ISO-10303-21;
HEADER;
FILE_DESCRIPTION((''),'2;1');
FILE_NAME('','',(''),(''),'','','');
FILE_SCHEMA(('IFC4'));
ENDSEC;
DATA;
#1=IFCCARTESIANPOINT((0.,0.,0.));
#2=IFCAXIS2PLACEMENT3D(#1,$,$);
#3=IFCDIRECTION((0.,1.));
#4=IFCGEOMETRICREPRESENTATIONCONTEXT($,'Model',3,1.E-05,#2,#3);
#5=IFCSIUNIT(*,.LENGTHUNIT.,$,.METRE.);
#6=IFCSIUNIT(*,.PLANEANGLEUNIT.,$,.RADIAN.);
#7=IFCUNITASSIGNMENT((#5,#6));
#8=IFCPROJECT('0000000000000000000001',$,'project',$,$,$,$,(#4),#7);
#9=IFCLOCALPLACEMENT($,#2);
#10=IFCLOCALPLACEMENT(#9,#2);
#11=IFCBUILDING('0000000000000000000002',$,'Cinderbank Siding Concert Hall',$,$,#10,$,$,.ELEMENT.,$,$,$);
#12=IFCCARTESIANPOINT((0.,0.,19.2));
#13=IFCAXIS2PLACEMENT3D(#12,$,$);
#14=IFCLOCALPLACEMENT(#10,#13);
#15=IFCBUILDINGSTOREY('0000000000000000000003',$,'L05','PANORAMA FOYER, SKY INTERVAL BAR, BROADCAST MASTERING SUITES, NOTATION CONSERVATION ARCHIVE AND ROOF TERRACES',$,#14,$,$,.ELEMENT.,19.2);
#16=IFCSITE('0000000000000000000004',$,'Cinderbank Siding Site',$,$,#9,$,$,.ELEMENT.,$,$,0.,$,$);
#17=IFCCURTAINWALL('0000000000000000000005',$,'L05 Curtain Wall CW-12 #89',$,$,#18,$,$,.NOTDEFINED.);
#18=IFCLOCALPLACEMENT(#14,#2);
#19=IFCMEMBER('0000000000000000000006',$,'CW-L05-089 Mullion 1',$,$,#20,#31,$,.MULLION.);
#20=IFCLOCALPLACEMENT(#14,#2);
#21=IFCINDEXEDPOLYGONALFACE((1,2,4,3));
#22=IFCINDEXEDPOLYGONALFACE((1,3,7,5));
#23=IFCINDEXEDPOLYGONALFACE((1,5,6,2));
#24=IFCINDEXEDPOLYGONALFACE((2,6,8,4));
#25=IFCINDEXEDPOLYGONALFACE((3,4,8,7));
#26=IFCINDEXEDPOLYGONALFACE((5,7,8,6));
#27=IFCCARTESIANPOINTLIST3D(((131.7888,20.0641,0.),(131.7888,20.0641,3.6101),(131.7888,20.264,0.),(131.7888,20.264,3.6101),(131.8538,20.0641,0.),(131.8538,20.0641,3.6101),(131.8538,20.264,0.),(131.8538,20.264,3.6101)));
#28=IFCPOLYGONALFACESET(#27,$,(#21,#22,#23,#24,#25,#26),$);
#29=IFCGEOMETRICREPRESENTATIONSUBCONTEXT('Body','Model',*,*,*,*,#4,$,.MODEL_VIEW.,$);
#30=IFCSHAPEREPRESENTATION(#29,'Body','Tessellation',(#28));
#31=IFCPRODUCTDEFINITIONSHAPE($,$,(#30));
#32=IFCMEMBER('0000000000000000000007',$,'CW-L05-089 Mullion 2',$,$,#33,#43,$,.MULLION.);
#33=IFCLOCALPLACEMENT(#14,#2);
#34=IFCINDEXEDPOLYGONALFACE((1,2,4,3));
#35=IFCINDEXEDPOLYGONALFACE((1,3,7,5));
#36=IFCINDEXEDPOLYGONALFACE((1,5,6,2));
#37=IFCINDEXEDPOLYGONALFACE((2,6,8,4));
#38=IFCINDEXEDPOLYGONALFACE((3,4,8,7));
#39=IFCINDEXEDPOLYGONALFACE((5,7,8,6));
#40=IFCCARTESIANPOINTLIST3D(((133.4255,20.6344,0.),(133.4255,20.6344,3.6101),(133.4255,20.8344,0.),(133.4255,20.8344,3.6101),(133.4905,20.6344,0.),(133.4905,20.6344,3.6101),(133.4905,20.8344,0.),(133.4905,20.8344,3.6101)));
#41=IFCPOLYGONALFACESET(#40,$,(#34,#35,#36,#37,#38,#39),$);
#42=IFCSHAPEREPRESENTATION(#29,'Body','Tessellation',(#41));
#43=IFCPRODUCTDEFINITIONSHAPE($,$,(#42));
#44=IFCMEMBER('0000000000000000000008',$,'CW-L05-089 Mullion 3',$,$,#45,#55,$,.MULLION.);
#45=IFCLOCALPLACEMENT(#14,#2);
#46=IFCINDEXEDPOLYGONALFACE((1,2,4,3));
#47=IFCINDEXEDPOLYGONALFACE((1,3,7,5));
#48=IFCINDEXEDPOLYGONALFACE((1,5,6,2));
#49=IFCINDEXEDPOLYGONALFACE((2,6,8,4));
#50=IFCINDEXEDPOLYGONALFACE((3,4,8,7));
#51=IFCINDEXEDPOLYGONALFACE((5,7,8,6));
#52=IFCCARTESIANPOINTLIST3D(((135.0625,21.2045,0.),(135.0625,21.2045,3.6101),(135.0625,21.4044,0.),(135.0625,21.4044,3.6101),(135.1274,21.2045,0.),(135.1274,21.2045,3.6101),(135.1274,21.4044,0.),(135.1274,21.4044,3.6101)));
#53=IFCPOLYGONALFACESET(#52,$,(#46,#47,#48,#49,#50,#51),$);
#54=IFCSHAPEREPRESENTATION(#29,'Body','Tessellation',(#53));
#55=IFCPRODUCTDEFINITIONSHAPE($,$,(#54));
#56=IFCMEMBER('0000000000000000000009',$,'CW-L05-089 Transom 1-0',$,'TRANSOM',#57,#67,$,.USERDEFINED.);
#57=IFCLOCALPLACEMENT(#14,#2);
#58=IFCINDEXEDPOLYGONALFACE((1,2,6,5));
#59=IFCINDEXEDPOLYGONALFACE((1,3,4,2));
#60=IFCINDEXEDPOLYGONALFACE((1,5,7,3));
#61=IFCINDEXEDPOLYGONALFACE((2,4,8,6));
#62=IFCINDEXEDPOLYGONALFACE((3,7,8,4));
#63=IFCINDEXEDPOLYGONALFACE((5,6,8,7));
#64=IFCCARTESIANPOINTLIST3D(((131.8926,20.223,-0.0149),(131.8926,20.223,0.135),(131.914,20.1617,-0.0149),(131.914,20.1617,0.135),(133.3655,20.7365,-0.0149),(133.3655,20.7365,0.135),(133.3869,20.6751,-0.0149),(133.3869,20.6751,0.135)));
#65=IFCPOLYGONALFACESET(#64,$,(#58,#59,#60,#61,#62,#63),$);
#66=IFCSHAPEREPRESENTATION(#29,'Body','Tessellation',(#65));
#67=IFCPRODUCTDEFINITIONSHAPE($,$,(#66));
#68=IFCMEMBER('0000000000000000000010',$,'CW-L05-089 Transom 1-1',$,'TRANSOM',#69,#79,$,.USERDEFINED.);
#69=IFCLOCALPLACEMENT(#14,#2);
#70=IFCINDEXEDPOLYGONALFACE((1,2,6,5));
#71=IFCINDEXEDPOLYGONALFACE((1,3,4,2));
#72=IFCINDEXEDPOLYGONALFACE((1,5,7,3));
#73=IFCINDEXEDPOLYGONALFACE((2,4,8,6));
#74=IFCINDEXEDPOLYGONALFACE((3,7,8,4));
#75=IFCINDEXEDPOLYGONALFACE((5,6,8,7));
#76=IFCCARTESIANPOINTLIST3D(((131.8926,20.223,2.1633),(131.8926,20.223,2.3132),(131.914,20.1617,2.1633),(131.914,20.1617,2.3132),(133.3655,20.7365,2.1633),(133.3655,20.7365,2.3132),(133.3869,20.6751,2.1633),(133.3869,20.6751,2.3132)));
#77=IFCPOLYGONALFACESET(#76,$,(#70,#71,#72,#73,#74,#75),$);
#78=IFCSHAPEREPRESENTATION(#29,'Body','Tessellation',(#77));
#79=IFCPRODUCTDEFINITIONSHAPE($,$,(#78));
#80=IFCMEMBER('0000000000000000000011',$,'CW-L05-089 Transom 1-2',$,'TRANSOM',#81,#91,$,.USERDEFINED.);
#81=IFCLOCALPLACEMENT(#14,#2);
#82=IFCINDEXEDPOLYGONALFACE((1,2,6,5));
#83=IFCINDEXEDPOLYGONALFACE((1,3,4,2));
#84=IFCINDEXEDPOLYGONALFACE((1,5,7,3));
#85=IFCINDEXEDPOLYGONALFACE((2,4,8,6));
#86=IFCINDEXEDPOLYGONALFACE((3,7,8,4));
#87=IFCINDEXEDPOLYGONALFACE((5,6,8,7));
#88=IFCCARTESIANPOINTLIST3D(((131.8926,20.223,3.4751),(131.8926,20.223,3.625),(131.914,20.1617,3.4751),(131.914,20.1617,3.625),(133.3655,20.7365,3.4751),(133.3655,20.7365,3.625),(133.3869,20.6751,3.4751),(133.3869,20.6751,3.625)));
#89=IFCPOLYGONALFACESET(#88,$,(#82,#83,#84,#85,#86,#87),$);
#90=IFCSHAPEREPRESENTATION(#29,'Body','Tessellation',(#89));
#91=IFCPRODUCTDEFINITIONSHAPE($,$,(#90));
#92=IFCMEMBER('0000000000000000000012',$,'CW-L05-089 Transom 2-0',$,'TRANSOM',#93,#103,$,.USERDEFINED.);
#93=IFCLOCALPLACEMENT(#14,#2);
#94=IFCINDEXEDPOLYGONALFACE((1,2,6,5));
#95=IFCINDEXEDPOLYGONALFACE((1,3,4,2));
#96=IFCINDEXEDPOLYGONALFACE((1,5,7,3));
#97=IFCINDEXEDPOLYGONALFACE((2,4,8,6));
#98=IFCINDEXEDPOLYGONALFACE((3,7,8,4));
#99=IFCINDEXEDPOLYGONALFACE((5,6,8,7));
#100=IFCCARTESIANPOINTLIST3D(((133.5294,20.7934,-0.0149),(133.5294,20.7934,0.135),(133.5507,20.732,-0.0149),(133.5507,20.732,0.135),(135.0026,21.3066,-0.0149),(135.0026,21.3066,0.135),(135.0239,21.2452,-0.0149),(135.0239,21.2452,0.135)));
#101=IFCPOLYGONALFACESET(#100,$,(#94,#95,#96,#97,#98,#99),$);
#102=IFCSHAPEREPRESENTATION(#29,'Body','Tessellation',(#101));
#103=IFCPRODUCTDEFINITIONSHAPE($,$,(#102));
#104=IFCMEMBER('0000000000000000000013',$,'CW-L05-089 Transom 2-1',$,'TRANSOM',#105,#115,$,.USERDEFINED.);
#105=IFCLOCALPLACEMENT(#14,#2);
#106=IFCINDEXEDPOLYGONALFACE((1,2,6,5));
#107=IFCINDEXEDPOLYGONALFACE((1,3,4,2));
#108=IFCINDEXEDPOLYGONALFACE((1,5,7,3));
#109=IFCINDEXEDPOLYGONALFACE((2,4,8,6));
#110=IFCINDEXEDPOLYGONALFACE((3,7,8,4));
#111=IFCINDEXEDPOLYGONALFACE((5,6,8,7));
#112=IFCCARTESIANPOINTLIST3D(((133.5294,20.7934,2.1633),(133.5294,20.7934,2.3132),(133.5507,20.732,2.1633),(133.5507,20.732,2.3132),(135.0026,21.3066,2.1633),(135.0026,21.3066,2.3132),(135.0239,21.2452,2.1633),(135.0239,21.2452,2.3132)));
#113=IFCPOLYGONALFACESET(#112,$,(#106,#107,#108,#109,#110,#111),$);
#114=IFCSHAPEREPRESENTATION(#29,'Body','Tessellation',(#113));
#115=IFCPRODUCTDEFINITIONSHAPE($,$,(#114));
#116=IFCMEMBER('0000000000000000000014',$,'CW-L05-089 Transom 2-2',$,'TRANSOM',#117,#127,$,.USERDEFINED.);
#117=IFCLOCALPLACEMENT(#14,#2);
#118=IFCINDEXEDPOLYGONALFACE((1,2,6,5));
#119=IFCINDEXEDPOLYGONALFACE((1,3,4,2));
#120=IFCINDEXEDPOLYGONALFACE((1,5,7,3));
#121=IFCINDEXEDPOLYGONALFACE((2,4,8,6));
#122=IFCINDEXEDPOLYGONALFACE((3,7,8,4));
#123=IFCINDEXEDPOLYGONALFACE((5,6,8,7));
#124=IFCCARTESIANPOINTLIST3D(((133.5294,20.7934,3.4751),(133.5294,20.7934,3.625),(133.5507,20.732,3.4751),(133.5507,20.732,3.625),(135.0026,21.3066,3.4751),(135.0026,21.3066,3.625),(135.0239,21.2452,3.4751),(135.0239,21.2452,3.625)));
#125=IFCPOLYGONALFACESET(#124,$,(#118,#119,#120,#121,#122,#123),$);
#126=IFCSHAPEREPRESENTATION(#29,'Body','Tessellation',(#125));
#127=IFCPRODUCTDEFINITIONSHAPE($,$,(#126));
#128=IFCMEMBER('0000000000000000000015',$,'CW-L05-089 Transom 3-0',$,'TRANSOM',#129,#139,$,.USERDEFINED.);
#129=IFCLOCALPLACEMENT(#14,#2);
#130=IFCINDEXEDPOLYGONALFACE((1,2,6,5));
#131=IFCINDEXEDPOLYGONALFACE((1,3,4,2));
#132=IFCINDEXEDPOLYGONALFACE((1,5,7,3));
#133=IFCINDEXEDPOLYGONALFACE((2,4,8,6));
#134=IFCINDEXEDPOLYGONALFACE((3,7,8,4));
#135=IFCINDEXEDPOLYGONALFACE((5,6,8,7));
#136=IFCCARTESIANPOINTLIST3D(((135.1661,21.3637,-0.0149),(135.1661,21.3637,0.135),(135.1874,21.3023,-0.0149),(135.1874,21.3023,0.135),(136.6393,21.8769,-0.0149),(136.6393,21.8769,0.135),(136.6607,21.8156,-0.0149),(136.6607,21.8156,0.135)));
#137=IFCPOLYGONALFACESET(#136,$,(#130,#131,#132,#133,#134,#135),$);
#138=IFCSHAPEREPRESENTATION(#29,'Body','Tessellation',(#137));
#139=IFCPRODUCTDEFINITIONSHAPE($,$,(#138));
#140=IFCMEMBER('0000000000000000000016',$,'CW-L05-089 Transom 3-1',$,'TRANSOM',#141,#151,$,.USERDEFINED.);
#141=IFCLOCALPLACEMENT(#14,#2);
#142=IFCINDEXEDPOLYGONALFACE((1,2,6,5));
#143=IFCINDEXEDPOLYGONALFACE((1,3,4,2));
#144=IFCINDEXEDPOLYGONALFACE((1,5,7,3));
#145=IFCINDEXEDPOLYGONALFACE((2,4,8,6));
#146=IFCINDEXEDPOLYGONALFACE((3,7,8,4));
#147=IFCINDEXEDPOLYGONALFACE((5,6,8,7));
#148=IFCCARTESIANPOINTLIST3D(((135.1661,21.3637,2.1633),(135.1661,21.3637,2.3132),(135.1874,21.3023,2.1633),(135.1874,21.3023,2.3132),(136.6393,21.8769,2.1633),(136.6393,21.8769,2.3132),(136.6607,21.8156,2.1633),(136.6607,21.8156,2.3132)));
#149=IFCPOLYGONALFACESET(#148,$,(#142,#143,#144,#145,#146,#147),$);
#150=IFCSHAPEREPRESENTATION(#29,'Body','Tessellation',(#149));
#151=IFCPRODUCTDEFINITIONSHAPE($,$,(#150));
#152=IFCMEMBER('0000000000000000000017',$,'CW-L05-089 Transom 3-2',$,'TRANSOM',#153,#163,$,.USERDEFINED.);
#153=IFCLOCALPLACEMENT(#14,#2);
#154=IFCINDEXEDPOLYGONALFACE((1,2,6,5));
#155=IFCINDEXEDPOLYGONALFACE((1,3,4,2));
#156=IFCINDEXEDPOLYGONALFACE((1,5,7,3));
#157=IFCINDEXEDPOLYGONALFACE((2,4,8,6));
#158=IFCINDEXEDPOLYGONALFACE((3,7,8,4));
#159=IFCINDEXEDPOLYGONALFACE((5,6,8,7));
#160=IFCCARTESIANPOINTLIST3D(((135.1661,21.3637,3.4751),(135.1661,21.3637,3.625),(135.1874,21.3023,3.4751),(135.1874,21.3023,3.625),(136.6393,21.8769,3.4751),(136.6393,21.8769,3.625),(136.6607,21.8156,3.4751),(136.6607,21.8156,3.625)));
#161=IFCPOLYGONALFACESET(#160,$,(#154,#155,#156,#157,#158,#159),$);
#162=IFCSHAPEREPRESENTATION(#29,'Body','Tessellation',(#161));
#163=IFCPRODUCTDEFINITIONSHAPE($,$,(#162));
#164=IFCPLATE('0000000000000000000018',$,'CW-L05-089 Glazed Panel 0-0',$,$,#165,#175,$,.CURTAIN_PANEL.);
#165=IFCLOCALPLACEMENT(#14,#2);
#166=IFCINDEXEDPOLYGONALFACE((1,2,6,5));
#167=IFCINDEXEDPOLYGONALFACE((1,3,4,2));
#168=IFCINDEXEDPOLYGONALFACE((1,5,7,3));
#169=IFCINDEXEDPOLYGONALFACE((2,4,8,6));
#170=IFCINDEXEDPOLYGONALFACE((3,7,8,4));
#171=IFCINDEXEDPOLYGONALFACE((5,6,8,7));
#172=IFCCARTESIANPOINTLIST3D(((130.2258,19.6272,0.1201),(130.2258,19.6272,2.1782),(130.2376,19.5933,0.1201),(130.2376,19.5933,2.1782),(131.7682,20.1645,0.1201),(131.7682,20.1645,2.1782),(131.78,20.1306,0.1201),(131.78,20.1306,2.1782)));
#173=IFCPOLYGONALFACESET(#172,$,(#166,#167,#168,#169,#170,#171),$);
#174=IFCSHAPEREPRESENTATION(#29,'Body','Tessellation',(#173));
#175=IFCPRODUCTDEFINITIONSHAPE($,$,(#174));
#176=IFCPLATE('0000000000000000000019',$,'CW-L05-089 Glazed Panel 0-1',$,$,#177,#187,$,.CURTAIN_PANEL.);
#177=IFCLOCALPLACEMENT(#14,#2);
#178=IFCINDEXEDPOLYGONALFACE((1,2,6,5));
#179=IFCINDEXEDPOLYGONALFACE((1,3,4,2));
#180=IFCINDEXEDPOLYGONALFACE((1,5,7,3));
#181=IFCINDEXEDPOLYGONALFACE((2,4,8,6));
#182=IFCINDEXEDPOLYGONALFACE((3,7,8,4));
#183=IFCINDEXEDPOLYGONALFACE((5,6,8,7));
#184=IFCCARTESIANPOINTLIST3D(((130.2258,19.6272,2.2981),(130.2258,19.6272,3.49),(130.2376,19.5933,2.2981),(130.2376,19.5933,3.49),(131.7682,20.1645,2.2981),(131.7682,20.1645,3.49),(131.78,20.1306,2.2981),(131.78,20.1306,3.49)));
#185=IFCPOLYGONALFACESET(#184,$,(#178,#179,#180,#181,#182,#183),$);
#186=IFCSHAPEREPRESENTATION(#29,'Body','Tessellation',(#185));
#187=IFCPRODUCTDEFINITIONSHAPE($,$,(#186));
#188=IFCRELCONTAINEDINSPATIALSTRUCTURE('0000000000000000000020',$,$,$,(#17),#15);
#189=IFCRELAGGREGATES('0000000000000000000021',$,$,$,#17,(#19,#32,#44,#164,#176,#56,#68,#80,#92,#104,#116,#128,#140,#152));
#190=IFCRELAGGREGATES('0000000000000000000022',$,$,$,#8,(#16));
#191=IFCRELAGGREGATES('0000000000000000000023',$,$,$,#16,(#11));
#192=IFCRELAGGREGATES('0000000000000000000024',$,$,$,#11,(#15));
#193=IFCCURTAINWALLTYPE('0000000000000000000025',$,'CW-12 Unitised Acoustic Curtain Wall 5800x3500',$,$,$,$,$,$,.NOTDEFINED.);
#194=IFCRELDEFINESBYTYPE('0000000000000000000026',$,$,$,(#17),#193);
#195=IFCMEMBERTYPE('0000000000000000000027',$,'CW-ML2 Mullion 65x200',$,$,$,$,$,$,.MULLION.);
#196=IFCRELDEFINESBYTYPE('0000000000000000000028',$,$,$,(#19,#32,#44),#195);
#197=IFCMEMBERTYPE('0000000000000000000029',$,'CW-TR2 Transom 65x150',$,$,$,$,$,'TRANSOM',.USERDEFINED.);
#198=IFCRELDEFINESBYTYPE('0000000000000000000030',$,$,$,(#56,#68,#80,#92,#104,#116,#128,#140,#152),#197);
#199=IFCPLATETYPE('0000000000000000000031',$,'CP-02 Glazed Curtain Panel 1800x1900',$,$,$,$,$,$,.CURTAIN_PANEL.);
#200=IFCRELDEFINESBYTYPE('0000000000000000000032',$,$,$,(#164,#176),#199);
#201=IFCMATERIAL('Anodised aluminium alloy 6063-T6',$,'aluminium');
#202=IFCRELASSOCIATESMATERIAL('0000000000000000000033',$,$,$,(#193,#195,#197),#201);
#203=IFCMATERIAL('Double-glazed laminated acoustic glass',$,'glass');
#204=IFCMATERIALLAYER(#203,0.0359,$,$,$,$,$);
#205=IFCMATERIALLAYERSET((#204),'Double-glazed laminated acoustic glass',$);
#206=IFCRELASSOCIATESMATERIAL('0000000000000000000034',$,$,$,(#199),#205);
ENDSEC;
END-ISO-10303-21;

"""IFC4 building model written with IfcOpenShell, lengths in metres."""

from ifc_helpers import new_model, si_unit, direction, frame, origin, origin_2d, place, context, subcontext, project, spatial, rectangle, extrude, material, layer, layer_set, material_profile, profile_set, type_object, element, aggregate, save


model = new_model("IFC4")

# Units and contexts
model_context = context("Model", 3, precision=1e-05, world=origin(), true_north=direction((0.0, 1.0)))
body_context = subcontext(model_context, "Body", "Model", "MODEL_VIEW")
ifc_project = project(units=[si_unit("LENGTHUNIT", "METRE"), si_unit("PLANEANGLEUNIT", "RADIAN")], contexts=[model_context])

# Site, building, storey
site_placement = place(None, origin())
site = spatial("IfcSite", under=ifc_project, at=site_placement, Name="Cinderbank Siding Site", CompositionType="ELEMENT", RefElevation=0.0)
building_placement = place(site_placement, origin())
building = spatial("IfcBuilding", under=site, at=building_placement, Name="Cinderbank Siding Concert Hall", CompositionType="ELEMENT")
storey_placement = place(building_placement, frame((0.0, 0.0, 19.2)))
storey = spatial("IfcBuildingStorey", under=building, at=storey_placement, Name="L05", Description="PANORAMA FOYER, SKY INTERVAL BAR, BROADCAST MASTERING SUITES, NOTATION CONSERVATION ARCHIVE AND ROOF TERRACES", CompositionType="ELEMENT", Elevation=19.2)

# Curtain wall, members, plates
ifc_material_1 = material(Name="Anodised aluminium alloy 6063-T6", Category="aluminium")
curtain_wall_type = type_object("IfcCurtainWallType", Name="CW-12 Unitised Acoustic Curtain Wall 5800x3500", PredefinedType="NOTDEFINED", material=ifc_material_1)
curtain_wall_placement = place(storey_placement, origin())
curtain_wall = element("IfcCurtainWall", 1, at=curtain_wall_placement, inside=storey, type_object=curtain_wall_type, Name="L05 Curtain Wall CW-12 #89", PredefinedType="NOTDEFINED")
ifc_material_profile_1 = material_profile(ifc_material_1, rectangle(XDim=0.0649, YDim=0.2, at=origin_2d()), Name="ALU-MULL-65x200", Category="LoadBearing")
ifc_profile_set_1 = profile_set([ifc_material_profile_1], Name="Anodised aluminium alloy 6063-T6")
member_type_1 = type_object("IfcMemberType", Name="CW-ML2 Mullion 65x200", PredefinedType="MULLION", material=ifc_profile_set_1)
member_1_placement = place(storey_placement, frame((131.8213, 20.1641, 0.0), z_axis=(0.0, 0.0, 1.0), x_axis=(1.0, 0.0, 0.0)))
member_1 = element("IfcMember", 2, at=member_1_placement, type_object=member_type_1, Name="CW-L05-089 Mullion 1", PredefinedType="MULLION", context=body_context, shape_type="SweptSolid", body=[
    extrude(rectangle(XDim=0.0649, YDim=0.2, at=origin_2d()), origin(), (0.0, 0.0, 1.0), 3.6101),
])
member_2_placement = place(storey_placement, frame((133.458, 20.7344, 0.0), z_axis=(0.0, 0.0, 1.0), x_axis=(1.0, 0.0, 0.0)))
member_2 = element("IfcMember", 3, at=member_2_placement, type_object=member_type_1, Name="CW-L05-089 Mullion 2", PredefinedType="MULLION", context=body_context, shape_type="SweptSolid", body=[
    extrude(rectangle(XDim=0.0649, YDim=0.2, at=origin_2d()), origin(), (0.0, 0.0, 1.0), 3.6101),
])
member_3_placement = place(storey_placement, frame((135.095, 21.3044, 0.0), z_axis=(0.0, 0.0, 1.0), x_axis=(1.0, 0.0, 0.0)))
member_3 = element("IfcMember", 4, at=member_3_placement, type_object=member_type_1, Name="CW-L05-089 Mullion 3", PredefinedType="MULLION", context=body_context, shape_type="SweptSolid", body=[
    extrude(rectangle(XDim=0.0649, YDim=0.2, at=origin_2d()), origin(), (0.0, 0.0, 1.0), 3.6101),
])
ifc_material_profile_2 = material_profile(ifc_material_1, rectangle(XDim=0.0649, YDim=0.1499, at=origin_2d()), Name="ALU-TRAN-65x150", Category="LoadBearing")
ifc_profile_set_2 = profile_set([ifc_material_profile_2], Name="Anodised aluminium alloy 6063-T6")
member_type_2 = type_object("IfcMemberType", Name="CW-TR2 Transom 65x150", ElementType="TRANSOM", PredefinedType="USERDEFINED", material=ifc_profile_set_2)
member_4_placement = place(storey_placement, frame((131.9033, 20.1924, 0.0601), z_axis=(0.944275, 0.329158, 0.0), x_axis=(-0.329158, 0.944275, 0.0)))
member_4 = element("IfcMember", 5, at=member_4_placement, type_object=member_type_2, Name="CW-L05-089 Transom 1-0", ObjectType="TRANSOM", PredefinedType="USERDEFINED", context=body_context, shape_type="SweptSolid", body=[
    extrude(rectangle(XDim=0.0649, YDim=0.1499, at=origin_2d()), origin(), (0.0, 0.0, 1.0), 1.5598),
])
member_5_placement = place(storey_placement, frame((131.9033, 20.1924, 2.2383), z_axis=(0.944275, 0.329158, 0.0), x_axis=(-0.329158, 0.944275, 0.0)))
member_5 = element("IfcMember", 6, at=member_5_placement, type_object=member_type_2, Name="CW-L05-089 Transom 1-1", ObjectType="TRANSOM", PredefinedType="USERDEFINED", context=body_context, shape_type="SweptSolid", body=[
    extrude(rectangle(XDim=0.0649, YDim=0.1499, at=origin_2d()), origin(), (0.0, 0.0, 1.0), 1.5598),
])
member_6_placement = place(storey_placement, frame((131.9033, 20.1924, 3.55), z_axis=(0.944275, 0.329158, 0.0), x_axis=(-0.329158, 0.944275, 0.0)))
member_6 = element("IfcMember", 7, at=member_6_placement, type_object=member_type_2, Name="CW-L05-089 Transom 1-2", ObjectType="TRANSOM", PredefinedType="USERDEFINED", context=body_context, shape_type="SweptSolid", body=[
    extrude(rectangle(XDim=0.0649, YDim=0.1499, at=origin_2d()), origin(), (0.0, 0.0, 1.0), 1.5598),
])
member_7_placement = place(storey_placement, frame((133.54, 20.7627, 0.0601), z_axis=(0.94434, 0.32897, 0.0), x_axis=(-0.32897, 0.94434, 0.0)))
member_7 = element("IfcMember", 8, at=member_7_placement, type_object=member_type_2, Name="CW-L05-089 Transom 2-0", ObjectType="TRANSOM", PredefinedType="USERDEFINED", context=body_context, shape_type="SweptSolid", body=[
    extrude(rectangle(XDim=0.0649, YDim=0.1499, at=origin_2d()), origin(), (0.0, 0.0, 1.0), 1.5601),
])
member_8_placement = place(storey_placement, frame((133.54, 20.7627, 2.2383), z_axis=(0.94434, 0.32897, 0.0), x_axis=(-0.32897, 0.94434, 0.0)))
member_8 = element("IfcMember", 9, at=member_8_placement, type_object=member_type_2, Name="CW-L05-089 Transom 2-1", ObjectType="TRANSOM", PredefinedType="USERDEFINED", context=body_context, shape_type="SweptSolid", body=[
    extrude(rectangle(XDim=0.0649, YDim=0.1499, at=origin_2d()), origin(), (0.0, 0.0, 1.0), 1.5601),
])
member_9_placement = place(storey_placement, frame((133.54, 20.7627, 3.55), z_axis=(0.94434, 0.32897, 0.0), x_axis=(-0.32897, 0.94434, 0.0)))
member_9 = element("IfcMember", 10, at=member_9_placement, type_object=member_type_2, Name="CW-L05-089 Transom 2-2", ObjectType="TRANSOM", PredefinedType="USERDEFINED", context=body_context, shape_type="SweptSolid", body=[
    extrude(rectangle(XDim=0.0649, YDim=0.1499, at=origin_2d()), origin(), (0.0, 0.0, 1.0), 1.5601),
])
member_10_placement = place(storey_placement, frame((135.1768, 21.333, 0.0601), z_axis=(0.94434, 0.32897, 0.0), x_axis=(-0.32897, 0.94434, 0.0)))
member_10 = element("IfcMember", 11, at=member_10_placement, type_object=member_type_2, Name="CW-L05-089 Transom 3-0", ObjectType="TRANSOM", PredefinedType="USERDEFINED", context=body_context, shape_type="SweptSolid", body=[
    extrude(rectangle(XDim=0.0649, YDim=0.1499, at=origin_2d()), origin(), (0.0, 0.0, 1.0), 1.5601),
])
member_11_placement = place(storey_placement, frame((135.1768, 21.333, 2.2383), z_axis=(0.94434, 0.32897, 0.0), x_axis=(-0.32897, 0.94434, 0.0)))
member_11 = element("IfcMember", 12, at=member_11_placement, type_object=member_type_2, Name="CW-L05-089 Transom 3-1", ObjectType="TRANSOM", PredefinedType="USERDEFINED", context=body_context, shape_type="SweptSolid", body=[
    extrude(rectangle(XDim=0.0649, YDim=0.1499, at=origin_2d()), origin(), (0.0, 0.0, 1.0), 1.5601),
])
member_12_placement = place(storey_placement, frame((135.1768, 21.333, 3.55), z_axis=(0.94434, 0.32897, 0.0), x_axis=(-0.32897, 0.94434, 0.0)))
member_12 = element("IfcMember", 13, at=member_12_placement, type_object=member_type_2, Name="CW-L05-089 Transom 3-2", ObjectType="TRANSOM", PredefinedType="USERDEFINED", context=body_context, shape_type="SweptSolid", body=[
    extrude(rectangle(XDim=0.0649, YDim=0.1499, at=origin_2d()), origin(), (0.0, 0.0, 1.0), 1.5601),
])
ifc_material_2 = material(Name="Double-glazed laminated acoustic glass", Category="glass")
ifc_layer_1 = layer(ifc_material_2, 0.0359)
ifc_layer_set_1 = layer_set([ifc_layer_1], Name="Double-glazed laminated acoustic glass")
plate_type = type_object("IfcPlateType", Name="CP-02 Glazed Curtain Panel 1800x1900", PredefinedType="CURTAIN_PANEL", material=ifc_layer_set_1)
plate_1_placement = place(storey_placement, frame((131.0029, 19.8789, 0.1201), z_axis=(0.0, 0.0, 1.0), x_axis=(0.944334, 0.328988, 0.0)))
plate_1 = element("IfcPlate", 14, at=plate_1_placement, type_object=plate_type, Name="CW-L05-089 Glazed Panel 0-0", PredefinedType="CURTAIN_PANEL", context=body_context, shape_type="SweptSolid", body=[
    extrude(rectangle(XDim=1.6333, YDim=0.0359, at=origin_2d()), origin(), (0.0, 0.0, 1.0), 2.0581),
])
plate_2_placement = place(storey_placement, frame((131.0029, 19.8789, 2.2981), z_axis=(0.0, 0.0, 1.0), x_axis=(0.944334, 0.328988, 0.0)))
plate_2 = element("IfcPlate", 15, at=plate_2_placement, type_object=plate_type, Name="CW-L05-089 Glazed Panel 0-1", PredefinedType="CURTAIN_PANEL", context=body_context, shape_type="SweptSolid", body=[
    extrude(rectangle(XDim=1.6333, YDim=0.0359, at=origin_2d()), origin(), (0.0, 0.0, 1.0), 1.1919),
])
aggregate(curtain_wall, [member_1, member_2, member_3, plate_1, plate_2, member_4, member_5, member_6, member_7, member_8, member_9, member_10, member_11, member_12])

save(model, "model.ifc")
